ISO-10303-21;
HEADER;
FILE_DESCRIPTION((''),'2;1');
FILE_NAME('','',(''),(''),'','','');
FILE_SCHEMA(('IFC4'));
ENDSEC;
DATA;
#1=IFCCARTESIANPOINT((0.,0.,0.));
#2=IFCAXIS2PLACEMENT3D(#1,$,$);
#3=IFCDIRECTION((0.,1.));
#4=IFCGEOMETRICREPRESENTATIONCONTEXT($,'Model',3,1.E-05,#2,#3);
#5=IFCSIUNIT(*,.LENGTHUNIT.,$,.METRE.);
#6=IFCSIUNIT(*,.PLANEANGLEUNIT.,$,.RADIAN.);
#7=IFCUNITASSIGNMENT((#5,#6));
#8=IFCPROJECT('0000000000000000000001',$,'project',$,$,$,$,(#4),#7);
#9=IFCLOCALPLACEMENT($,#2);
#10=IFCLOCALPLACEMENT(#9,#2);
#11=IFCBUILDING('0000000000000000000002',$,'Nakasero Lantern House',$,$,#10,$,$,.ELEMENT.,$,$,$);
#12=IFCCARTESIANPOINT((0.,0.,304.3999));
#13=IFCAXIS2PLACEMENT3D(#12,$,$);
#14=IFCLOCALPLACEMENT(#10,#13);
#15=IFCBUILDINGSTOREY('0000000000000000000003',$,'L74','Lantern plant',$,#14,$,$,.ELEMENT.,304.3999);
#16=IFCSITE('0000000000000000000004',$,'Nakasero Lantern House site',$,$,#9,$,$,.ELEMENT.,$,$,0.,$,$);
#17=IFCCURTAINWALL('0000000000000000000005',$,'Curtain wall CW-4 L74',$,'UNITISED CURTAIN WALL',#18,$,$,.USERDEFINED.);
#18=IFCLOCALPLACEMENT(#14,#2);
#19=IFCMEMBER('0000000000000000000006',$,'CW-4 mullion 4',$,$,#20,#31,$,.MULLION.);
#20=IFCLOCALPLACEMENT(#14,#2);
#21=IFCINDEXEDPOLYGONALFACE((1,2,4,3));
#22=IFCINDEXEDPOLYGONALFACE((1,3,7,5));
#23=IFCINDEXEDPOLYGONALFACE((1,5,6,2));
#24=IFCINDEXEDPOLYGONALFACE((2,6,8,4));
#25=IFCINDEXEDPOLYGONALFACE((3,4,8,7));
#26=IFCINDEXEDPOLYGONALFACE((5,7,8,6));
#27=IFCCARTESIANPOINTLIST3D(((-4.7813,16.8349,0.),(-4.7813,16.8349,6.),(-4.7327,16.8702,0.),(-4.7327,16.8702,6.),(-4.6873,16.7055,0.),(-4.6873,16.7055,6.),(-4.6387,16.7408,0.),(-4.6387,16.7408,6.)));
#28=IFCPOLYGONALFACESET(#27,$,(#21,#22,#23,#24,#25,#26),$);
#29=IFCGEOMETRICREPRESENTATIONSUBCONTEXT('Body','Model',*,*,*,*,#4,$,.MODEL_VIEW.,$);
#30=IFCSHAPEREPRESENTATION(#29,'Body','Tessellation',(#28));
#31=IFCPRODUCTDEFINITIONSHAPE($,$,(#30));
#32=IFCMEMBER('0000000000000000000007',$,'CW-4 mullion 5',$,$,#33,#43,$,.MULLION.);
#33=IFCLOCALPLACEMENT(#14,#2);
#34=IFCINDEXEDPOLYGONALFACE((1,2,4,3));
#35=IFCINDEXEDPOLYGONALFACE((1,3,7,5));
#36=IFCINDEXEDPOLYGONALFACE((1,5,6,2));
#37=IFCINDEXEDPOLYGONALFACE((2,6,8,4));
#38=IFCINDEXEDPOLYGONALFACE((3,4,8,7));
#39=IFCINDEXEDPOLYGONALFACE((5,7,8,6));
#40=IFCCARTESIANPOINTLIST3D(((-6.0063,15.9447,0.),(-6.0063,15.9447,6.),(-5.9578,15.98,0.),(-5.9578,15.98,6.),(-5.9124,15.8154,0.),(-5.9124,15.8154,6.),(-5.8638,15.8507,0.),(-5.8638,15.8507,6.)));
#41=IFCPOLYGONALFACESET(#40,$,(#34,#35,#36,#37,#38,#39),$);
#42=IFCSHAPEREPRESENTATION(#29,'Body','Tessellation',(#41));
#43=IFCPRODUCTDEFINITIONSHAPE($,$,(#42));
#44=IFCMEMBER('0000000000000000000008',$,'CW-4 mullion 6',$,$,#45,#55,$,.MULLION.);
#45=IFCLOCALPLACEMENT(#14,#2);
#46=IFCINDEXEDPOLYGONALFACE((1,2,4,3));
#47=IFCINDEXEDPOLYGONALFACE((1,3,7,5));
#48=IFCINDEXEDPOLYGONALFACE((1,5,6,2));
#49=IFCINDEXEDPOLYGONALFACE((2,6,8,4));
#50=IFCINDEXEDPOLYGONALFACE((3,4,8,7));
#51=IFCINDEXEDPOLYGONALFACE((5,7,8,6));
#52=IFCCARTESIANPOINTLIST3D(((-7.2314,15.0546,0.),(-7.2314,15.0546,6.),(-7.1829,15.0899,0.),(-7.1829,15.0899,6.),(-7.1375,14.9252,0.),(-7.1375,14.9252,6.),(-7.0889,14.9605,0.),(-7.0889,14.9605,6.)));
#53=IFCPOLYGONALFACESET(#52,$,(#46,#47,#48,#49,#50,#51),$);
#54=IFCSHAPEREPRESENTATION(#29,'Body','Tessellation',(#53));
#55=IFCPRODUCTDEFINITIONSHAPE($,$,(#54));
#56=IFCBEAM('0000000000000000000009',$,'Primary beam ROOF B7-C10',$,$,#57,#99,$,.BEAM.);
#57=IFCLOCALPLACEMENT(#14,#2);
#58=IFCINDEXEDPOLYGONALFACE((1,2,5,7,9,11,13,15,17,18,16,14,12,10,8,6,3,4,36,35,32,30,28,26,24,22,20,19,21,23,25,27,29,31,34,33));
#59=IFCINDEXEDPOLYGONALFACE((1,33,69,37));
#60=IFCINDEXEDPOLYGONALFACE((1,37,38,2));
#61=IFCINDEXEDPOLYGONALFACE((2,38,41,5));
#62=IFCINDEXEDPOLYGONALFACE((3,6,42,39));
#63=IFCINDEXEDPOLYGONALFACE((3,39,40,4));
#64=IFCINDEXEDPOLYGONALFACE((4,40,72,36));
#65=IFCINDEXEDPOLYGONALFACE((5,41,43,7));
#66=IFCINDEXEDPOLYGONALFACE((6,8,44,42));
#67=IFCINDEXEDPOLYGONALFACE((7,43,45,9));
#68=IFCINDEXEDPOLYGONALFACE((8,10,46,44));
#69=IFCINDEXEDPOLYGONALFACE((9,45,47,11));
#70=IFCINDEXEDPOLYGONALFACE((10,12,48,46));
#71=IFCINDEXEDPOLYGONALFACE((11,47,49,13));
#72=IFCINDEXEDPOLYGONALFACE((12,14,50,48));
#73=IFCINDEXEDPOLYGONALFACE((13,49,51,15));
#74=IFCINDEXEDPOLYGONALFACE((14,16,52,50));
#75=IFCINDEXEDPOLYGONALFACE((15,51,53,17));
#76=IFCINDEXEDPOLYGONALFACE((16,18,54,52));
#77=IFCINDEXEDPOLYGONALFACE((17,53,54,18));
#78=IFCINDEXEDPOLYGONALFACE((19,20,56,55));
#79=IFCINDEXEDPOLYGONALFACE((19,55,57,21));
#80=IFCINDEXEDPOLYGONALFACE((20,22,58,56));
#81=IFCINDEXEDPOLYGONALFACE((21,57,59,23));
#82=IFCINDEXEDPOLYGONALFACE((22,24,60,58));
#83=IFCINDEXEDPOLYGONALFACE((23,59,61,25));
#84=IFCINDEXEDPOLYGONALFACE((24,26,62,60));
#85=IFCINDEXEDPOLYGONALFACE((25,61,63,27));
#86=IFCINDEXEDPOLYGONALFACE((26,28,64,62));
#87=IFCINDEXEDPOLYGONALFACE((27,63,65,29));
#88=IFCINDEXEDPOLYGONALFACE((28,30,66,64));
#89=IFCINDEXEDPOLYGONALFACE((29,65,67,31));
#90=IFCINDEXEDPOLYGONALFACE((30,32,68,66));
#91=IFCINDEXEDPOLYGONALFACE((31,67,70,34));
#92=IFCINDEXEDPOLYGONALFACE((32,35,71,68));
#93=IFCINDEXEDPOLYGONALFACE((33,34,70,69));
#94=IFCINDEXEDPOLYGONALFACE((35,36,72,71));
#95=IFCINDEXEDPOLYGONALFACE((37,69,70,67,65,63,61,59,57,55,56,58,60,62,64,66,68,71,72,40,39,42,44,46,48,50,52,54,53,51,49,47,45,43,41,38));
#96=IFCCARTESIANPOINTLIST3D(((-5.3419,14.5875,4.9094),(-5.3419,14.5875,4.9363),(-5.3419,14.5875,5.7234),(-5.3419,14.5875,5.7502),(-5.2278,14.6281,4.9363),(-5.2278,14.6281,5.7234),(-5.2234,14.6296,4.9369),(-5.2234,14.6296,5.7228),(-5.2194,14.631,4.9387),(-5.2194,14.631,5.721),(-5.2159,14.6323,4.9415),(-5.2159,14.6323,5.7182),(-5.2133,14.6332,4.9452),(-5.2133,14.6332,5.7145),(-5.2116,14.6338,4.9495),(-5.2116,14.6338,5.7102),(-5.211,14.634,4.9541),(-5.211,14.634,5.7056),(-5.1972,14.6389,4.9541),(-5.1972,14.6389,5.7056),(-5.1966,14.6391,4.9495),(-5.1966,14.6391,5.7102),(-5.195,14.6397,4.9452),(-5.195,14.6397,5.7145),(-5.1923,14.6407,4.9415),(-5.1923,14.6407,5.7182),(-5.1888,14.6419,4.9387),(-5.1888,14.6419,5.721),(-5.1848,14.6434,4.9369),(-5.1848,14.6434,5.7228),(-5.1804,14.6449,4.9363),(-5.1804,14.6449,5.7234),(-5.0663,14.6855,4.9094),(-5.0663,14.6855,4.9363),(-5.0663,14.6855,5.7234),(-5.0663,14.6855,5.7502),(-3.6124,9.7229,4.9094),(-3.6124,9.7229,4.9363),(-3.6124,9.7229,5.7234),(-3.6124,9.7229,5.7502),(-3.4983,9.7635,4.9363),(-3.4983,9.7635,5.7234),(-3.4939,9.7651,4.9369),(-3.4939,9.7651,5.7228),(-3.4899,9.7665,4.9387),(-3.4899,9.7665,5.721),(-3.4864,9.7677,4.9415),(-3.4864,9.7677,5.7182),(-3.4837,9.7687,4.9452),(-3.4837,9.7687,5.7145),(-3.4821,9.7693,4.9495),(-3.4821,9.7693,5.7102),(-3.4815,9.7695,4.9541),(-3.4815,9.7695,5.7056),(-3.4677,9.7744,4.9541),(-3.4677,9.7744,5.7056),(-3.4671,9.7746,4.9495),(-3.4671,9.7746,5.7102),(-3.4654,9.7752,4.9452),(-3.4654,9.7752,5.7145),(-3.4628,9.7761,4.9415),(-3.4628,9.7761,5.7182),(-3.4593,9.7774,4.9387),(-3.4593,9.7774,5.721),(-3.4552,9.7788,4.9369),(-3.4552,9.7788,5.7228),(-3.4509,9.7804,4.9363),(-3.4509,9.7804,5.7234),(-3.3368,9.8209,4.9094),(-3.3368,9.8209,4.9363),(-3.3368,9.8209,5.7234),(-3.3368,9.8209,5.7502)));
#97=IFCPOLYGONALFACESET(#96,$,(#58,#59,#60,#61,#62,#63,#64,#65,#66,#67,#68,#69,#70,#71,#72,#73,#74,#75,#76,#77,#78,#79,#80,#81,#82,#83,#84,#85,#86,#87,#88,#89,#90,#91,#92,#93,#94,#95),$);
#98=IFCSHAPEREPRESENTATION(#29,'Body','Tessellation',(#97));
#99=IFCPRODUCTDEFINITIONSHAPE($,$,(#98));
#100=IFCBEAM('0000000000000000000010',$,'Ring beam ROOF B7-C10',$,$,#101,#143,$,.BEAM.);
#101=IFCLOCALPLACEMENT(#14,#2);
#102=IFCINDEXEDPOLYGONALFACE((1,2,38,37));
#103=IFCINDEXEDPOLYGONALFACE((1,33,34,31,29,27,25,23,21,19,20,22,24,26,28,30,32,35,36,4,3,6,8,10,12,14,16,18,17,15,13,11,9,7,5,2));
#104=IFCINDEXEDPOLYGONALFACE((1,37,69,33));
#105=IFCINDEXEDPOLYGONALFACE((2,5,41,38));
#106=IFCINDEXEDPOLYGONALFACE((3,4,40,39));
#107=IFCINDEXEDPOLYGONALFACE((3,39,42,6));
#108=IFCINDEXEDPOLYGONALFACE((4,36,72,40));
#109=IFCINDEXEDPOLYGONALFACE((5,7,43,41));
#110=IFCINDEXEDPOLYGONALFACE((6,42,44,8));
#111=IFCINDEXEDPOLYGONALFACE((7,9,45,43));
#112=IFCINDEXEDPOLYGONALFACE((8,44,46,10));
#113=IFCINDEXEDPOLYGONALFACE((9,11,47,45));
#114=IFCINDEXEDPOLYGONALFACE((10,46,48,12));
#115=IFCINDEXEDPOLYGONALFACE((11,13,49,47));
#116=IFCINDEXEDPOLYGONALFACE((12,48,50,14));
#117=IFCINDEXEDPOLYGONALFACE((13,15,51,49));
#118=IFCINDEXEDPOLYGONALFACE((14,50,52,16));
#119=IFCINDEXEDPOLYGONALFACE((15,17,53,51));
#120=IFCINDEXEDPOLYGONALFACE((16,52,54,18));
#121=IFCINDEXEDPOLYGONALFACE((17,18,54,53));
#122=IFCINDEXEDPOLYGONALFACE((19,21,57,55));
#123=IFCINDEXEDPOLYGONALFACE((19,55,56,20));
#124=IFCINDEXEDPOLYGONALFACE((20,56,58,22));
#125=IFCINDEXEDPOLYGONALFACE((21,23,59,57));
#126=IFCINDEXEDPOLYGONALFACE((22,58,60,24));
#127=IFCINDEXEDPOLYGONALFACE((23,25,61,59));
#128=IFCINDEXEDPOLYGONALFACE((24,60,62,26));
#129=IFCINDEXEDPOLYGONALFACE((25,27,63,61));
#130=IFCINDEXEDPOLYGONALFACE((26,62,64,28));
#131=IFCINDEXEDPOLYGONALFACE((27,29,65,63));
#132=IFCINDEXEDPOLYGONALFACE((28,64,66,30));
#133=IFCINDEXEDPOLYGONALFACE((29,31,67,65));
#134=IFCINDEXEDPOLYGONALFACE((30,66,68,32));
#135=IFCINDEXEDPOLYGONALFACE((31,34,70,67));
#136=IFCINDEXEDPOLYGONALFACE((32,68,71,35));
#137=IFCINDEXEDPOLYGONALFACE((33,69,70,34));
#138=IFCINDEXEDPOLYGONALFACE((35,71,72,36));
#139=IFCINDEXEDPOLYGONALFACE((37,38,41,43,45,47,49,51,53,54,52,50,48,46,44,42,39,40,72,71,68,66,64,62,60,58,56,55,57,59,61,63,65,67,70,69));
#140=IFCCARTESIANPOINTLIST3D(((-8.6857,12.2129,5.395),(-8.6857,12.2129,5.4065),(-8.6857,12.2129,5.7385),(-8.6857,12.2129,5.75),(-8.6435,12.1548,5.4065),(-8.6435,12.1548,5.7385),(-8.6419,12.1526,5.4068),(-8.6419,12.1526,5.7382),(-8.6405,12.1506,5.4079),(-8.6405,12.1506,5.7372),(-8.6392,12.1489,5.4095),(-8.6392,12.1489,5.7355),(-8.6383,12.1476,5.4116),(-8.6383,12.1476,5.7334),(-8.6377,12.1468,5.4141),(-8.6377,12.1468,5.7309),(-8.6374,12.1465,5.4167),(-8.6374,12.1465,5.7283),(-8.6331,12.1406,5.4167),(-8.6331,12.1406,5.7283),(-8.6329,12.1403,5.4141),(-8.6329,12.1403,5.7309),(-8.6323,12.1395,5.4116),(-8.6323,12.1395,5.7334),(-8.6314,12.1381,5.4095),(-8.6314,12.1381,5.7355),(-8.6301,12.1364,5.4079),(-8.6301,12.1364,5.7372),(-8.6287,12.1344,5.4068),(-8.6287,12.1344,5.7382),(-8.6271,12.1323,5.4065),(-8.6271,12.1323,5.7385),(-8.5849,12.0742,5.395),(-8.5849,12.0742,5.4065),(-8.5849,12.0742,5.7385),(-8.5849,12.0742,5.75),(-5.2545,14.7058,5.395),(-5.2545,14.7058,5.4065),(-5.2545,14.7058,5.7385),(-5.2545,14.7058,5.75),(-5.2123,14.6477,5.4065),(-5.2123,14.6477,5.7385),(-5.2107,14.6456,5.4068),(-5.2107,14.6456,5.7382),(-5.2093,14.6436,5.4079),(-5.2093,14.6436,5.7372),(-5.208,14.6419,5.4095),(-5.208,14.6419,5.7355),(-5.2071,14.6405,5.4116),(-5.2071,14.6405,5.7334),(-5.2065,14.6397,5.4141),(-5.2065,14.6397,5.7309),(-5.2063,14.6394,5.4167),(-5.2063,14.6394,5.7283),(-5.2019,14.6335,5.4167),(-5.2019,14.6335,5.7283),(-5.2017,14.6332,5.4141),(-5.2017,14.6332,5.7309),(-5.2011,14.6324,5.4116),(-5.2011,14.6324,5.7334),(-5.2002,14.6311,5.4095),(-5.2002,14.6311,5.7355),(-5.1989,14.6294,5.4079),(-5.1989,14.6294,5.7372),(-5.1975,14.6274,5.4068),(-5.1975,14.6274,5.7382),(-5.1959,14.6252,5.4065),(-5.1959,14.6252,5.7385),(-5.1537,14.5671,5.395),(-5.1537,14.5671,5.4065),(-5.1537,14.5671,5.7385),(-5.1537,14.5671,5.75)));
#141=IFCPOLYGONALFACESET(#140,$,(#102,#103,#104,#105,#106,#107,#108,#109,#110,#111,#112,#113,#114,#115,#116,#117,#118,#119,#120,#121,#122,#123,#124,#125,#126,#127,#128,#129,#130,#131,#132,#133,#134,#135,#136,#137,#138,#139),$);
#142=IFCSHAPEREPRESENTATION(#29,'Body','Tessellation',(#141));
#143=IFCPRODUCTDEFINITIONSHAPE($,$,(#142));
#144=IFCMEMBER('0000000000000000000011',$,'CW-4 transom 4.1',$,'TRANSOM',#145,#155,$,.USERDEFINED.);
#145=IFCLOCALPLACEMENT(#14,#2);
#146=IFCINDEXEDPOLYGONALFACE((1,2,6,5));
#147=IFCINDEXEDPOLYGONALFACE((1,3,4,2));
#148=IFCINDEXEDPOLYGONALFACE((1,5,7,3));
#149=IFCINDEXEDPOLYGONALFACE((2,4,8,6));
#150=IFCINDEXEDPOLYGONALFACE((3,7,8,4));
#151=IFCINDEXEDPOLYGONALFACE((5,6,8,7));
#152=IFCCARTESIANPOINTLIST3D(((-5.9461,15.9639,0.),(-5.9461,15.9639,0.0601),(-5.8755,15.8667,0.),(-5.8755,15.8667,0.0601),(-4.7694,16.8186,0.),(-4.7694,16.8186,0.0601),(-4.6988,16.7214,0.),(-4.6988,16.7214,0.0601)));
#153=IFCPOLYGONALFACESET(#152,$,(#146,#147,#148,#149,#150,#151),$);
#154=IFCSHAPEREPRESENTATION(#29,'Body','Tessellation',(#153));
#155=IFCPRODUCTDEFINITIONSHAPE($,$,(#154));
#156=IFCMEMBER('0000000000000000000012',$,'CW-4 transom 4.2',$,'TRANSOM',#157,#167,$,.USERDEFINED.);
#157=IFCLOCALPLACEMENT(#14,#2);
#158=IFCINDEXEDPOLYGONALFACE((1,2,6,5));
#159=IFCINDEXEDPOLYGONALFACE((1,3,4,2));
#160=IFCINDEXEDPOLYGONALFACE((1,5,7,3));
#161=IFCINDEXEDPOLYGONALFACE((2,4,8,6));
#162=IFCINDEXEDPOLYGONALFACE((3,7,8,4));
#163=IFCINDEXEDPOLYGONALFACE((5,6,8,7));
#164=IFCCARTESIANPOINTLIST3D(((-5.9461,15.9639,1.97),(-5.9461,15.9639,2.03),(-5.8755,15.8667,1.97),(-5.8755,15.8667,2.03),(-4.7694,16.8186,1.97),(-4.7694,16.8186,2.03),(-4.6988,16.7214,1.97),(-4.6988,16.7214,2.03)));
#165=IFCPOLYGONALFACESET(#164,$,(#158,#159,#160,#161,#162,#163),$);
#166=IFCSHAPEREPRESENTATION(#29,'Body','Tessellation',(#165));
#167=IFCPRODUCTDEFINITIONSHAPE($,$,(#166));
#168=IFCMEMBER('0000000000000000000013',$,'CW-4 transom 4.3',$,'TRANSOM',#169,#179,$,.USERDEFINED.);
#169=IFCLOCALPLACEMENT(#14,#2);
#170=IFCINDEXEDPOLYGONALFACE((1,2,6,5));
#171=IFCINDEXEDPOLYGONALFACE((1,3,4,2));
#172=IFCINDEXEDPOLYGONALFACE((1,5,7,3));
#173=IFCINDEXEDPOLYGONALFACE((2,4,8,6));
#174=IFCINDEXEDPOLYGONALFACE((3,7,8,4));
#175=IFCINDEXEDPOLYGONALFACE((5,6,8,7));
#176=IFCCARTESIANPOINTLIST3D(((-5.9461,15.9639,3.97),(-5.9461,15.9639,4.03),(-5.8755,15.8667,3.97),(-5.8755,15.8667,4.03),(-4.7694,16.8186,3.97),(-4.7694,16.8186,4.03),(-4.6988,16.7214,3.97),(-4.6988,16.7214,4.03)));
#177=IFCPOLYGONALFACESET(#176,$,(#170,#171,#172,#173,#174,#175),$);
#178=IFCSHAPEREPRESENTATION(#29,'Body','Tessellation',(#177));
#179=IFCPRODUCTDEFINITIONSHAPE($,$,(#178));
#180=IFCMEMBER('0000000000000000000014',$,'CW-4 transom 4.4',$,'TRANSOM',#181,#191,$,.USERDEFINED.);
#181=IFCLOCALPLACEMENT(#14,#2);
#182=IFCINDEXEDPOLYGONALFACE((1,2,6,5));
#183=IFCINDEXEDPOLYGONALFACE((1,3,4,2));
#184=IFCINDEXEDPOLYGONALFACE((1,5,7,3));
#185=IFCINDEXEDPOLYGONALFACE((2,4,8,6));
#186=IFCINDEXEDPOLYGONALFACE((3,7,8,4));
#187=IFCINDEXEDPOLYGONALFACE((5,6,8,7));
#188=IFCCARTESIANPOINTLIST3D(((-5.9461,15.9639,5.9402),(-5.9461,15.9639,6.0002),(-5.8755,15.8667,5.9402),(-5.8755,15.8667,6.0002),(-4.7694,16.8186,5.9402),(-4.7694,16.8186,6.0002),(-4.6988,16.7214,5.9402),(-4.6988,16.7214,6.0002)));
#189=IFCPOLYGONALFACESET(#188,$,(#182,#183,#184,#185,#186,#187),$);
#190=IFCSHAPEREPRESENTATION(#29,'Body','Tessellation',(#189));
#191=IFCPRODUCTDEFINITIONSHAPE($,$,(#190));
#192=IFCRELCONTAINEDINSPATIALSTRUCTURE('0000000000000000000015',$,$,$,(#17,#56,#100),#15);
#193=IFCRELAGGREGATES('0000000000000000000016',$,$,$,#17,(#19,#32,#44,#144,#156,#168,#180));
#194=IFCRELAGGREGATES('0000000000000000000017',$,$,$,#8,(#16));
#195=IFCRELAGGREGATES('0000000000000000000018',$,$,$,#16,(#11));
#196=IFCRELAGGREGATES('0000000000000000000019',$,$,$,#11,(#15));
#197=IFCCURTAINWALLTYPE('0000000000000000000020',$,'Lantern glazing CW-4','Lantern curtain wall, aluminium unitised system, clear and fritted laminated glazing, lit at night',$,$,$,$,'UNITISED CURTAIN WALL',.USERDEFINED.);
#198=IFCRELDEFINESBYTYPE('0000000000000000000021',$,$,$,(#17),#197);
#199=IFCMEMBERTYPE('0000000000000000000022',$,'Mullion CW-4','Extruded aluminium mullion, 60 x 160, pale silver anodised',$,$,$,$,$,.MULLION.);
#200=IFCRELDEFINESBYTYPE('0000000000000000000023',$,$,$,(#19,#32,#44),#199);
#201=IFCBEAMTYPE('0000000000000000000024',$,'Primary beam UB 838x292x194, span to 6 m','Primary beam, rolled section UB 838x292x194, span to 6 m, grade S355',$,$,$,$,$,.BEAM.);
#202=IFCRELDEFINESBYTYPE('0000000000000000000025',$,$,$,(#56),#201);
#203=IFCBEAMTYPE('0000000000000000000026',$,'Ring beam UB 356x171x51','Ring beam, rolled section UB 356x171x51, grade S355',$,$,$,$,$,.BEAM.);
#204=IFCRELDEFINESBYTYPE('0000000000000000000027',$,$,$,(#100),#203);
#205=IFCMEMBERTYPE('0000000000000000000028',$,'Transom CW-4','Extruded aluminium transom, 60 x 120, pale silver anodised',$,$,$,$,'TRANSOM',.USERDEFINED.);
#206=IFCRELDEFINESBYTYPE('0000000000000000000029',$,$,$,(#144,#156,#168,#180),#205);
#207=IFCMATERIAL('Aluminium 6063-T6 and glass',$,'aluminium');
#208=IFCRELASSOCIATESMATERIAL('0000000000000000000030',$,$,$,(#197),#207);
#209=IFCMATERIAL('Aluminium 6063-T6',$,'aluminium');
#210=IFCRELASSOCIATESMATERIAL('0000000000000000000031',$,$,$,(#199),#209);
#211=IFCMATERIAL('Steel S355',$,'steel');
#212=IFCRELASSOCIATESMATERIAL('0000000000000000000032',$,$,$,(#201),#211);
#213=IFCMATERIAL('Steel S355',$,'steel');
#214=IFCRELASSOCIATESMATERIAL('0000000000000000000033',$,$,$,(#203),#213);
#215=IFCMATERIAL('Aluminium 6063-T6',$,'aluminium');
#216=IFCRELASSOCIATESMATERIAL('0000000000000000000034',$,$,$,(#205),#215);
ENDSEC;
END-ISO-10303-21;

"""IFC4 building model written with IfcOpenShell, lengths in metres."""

from ifc_helpers import new_model, si_unit, direction, frame, origin, origin_2d, place, context, subcontext, project, spatial, rectangle, i_section, extrude, material, material_profile, profile_set, type_object, element, aggregate, save


model = new_model("IFC4")

# Units and contexts
model_context = context("Model", 3, precision=1e-05, world=origin(), true_north=direction((0.0, 1.0)))
body_context = subcontext(model_context, "Body", "Model", "MODEL_VIEW")
ifc_project = project(units=[si_unit("LENGTHUNIT", "METRE"), si_unit("PLANEANGLEUNIT", "RADIAN")], contexts=[model_context])

# Site, building, storey
site_placement = place(None, origin())
site = spatial("IfcSite", under=ifc_project, at=site_placement, Name="Nakasero Lantern House site", CompositionType="ELEMENT", RefElevation=0.0)
building_placement = place(site_placement, origin())
building = spatial("IfcBuilding", under=site, at=building_placement, Name="Nakasero Lantern House", CompositionType="ELEMENT")
storey_placement = place(building_placement, frame((0.0, 0.0, 304.3999)))
storey = spatial("IfcBuildingStorey", under=building, at=storey_placement, Name="L74", Description="Lantern plant", CompositionType="ELEMENT", Elevation=304.3999)

# Curtain wall, members
ifc_material_1 = material(Name="Aluminium 6063-T6 and glass", Category="aluminium")
curtain_wall_type = type_object("IfcCurtainWallType", Name="Lantern glazing CW-4", Description="Lantern curtain wall, aluminium unitised system, clear and fritted laminated glazing, lit at night", ElementType="UNITISED CURTAIN WALL", PredefinedType="USERDEFINED", material=ifc_material_1)
curtain_wall_placement = place(storey_placement, origin())
curtain_wall = element("IfcCurtainWall", 1, at=curtain_wall_placement, inside=storey, type_object=curtain_wall_type, Name="Curtain wall CW-4 L74", ObjectType="UNITISED CURTAIN WALL", PredefinedType="USERDEFINED")
ifc_material_2 = material(Name="Aluminium 6063-T6", Category="aluminium")
ifc_material_profile_1 = material_profile(ifc_material_2, rectangle(XDim=0.0601, YDim=0.1599, at=origin_2d()), Name="CW-4 mullion 60x160")
ifc_profile_set_1 = profile_set([ifc_material_profile_1], Name="Aluminium 6063-T6")
member_type_1 = type_object("IfcMemberType", Name="Mullion CW-4", Description="Extruded aluminium mullion, 60 x 160, pale silver anodised", PredefinedType="MULLION", material=ifc_profile_set_1)
member_1_placement = place(storey_placement, frame((-4.71, 16.7878, 0.0), z_axis=(0.0, 0.0, 1.0), x_axis=(-0.809017, -0.587785, 0.0)))
member_1 = element("IfcMember", 2, at=member_1_placement, type_object=member_type_1, Name="CW-4 mullion 4", PredefinedType="MULLION", context=body_context, shape_type="SweptSolid", body=[
    extrude(rectangle(XDim=0.0601, YDim=0.1599, at=origin_2d()), origin(), (0.0, 0.0, 1.0), 6.0),
])
member_2_placement = place(storey_placement, frame((-5.9351, 15.8977, 0.0), z_axis=(0.0, 0.0, 1.0), x_axis=(-0.809017, -0.587785, 0.0)))
member_2 = element("IfcMember", 3, at=member_2_placement, type_object=member_type_1, Name="CW-4 mullion 5", PredefinedType="MULLION", context=body_context, shape_type="SweptSolid", body=[
    extrude(rectangle(XDim=0.0601, YDim=0.1599, at=origin_2d()), origin(), (0.0, 0.0, 1.0), 6.0),
])
member_3_placement = place(storey_placement, frame((-7.1602, 15.0076, 0.0), z_axis=(0.0, 0.0, 1.0), x_axis=(-0.809017, -0.587785, 0.0)))
member_3 = element("IfcMember", 4, at=member_3_placement, type_object=member_type_1, Name="CW-4 mullion 6", PredefinedType="MULLION", context=body_context, shape_type="SweptSolid", body=[
    extrude(rectangle(XDim=0.0601, YDim=0.1599, at=origin_2d()), origin(), (0.0, 0.0, 1.0), 6.0),
])

# Beams
ifc_material_3 = material(Name="Steel S355", Category="steel")
ifc_material_profile_2 = material_profile(ifc_material_3, i_section(OverallWidth=0.2925, OverallDepth=0.8408, WebThickness=0.0146, FlangeThickness=0.0269, FilletRadius=0.0178, at=origin_2d()), Name="UB 838x292x194")
ifc_profile_set_2 = profile_set([ifc_material_profile_2], Name="Steel S355")
beam_type_1 = type_object("IfcBeamType", Name="Primary beam UB 838x292x194, span to 6 m", Description="Primary beam, rolled section UB 838x292x194, span to 6 m, grade S355", PredefinedType="BEAM", material=ifc_profile_set_2)
beam_1_placement = place(storey_placement, frame((-5.2041, 14.6365, 5.3298), z_axis=(0.334991, -0.942221, 0.0), x_axis=(0.942221, 0.334991, 0.0)))
element("IfcBeam", 5, at=beam_1_placement, inside=storey, type_object=beam_type_1, Name="Primary beam ROOF B7-C10", PredefinedType="BEAM", context=body_context, shape_type="SweptSolid", body=[
    extrude(i_section(OverallWidth=0.2925, OverallDepth=0.8408, WebThickness=0.0146, FlangeThickness=0.0269, FilletRadius=0.0178, at=origin_2d()), origin(), (0.0, 0.0, 1.0), 5.1628),
])
ifc_material_4 = material(Name="Steel S355", Category="steel")
ifc_material_profile_3 = material_profile(ifc_material_4, i_section(OverallWidth=0.1714, OverallDepth=0.355, WebThickness=0.0073, FlangeThickness=0.0115, FilletRadius=0.0103, at=origin_2d()), Name="UB 356x171x51")
ifc_profile_set_3 = profile_set([ifc_material_profile_3], Name="Steel S355")
beam_type_2 = type_object("IfcBeamType", Name="Ring beam UB 356x171x51", Description="Ring beam, rolled section UB 356x171x51, grade S355", PredefinedType="BEAM", material=ifc_profile_set_3)
beam_2_placement = place(storey_placement, frame((-5.2041, 14.6365, 5.5725), z_axis=(-0.809012, -0.587792, 0.0), x_axis=(0.587792, -0.809012, 0.0)))
element("IfcBeam", 6, at=beam_2_placement, inside=storey, type_object=beam_type_2, Name="Ring beam ROOF B7-C10", PredefinedType="BEAM", context=body_context, shape_type="SweptSolid", body=[
    extrude(i_section(OverallWidth=0.1714, OverallDepth=0.355, WebThickness=0.0073, FlangeThickness=0.0115, FilletRadius=0.0103, at=origin_2d()), origin(), (0.0, 0.0, 1.0), 4.2412),
])

# Members
ifc_material_5 = material(Name="Aluminium 6063-T6", Category="aluminium")
ifc_material_profile_4 = material_profile(ifc_material_5, rectangle(XDim=0.0601, YDim=0.1201, at=origin_2d()), Name="CW-4 transom 60x120")
ifc_profile_set_4 = profile_set([ifc_material_profile_4], Name="Aluminium 6063-T6")
member_type_2 = type_object("IfcMemberType", Name="Transom CW-4", Description="Extruded aluminium transom, 60 x 120, pale silver anodised", ElementType="TRANSOM", PredefinedType="USERDEFINED", material=ifc_profile_set_4)
member_4_placement = place(storey_placement, frame((-4.7341, 16.77, 0.03), z_axis=(-0.809092, -0.587683, 0.0), x_axis=(0.0, 0.0, 1.0)))
member_4 = element("IfcMember", 7, at=member_4_placement, type_object=member_type_2, Name="CW-4 transom 4.1", ObjectType="TRANSOM", PredefinedType="USERDEFINED", context=body_context, shape_type="SweptSolid", body=[
    extrude(rectangle(XDim=0.0601, YDim=0.1201, at=origin_2d()), origin(), (0.0, 0.0, 1.0), 1.4543),
])
member_5_placement = place(storey_placement, frame((-4.7341, 16.77, 2.0), z_axis=(-0.809092, -0.587683, 0.0), x_axis=(0.0, 0.0, 1.0)))
member_5 = element("IfcMember", 8, at=member_5_placement, type_object=member_type_2, Name="CW-4 transom 4.2", ObjectType="TRANSOM", PredefinedType="USERDEFINED", context=body_context, shape_type="SweptSolid", body=[
    extrude(rectangle(XDim=0.0601, YDim=0.1201, at=origin_2d()), origin(), (0.0, 0.0, 1.0), 1.4543),
])
member_6_placement = place(storey_placement, frame((-4.7341, 16.77, 4.0), z_axis=(-0.809092, -0.587683, 0.0), x_axis=(0.0, 0.0, 1.0)))
member_6 = element("IfcMember", 9, at=member_6_placement, type_object=member_type_2, Name="CW-4 transom 4.3", ObjectType="TRANSOM", PredefinedType="USERDEFINED", context=body_context, shape_type="SweptSolid", body=[
    extrude(rectangle(XDim=0.0601, YDim=0.1201, at=origin_2d()), origin(), (0.0, 0.0, 1.0), 1.4543),
])
member_7_placement = place(storey_placement, frame((-4.7341, 16.77, 5.9702), z_axis=(-0.809092, -0.587683, 0.0), x_axis=(0.0, 0.0, 1.0)))
member_7 = element("IfcMember", 10, at=member_7_placement, type_object=member_type_2, Name="CW-4 transom 4.4", ObjectType="TRANSOM", PredefinedType="USERDEFINED", context=body_context, shape_type="SweptSolid", body=[
    extrude(rectangle(XDim=0.0601, YDim=0.1201, at=origin_2d()), origin(), (0.0, 0.0, 1.0), 1.4543),
])

aggregate(curtain_wall, [member_1, member_2, member_3, member_4, member_5, member_6, member_7])

save(model, "model.ifc")
